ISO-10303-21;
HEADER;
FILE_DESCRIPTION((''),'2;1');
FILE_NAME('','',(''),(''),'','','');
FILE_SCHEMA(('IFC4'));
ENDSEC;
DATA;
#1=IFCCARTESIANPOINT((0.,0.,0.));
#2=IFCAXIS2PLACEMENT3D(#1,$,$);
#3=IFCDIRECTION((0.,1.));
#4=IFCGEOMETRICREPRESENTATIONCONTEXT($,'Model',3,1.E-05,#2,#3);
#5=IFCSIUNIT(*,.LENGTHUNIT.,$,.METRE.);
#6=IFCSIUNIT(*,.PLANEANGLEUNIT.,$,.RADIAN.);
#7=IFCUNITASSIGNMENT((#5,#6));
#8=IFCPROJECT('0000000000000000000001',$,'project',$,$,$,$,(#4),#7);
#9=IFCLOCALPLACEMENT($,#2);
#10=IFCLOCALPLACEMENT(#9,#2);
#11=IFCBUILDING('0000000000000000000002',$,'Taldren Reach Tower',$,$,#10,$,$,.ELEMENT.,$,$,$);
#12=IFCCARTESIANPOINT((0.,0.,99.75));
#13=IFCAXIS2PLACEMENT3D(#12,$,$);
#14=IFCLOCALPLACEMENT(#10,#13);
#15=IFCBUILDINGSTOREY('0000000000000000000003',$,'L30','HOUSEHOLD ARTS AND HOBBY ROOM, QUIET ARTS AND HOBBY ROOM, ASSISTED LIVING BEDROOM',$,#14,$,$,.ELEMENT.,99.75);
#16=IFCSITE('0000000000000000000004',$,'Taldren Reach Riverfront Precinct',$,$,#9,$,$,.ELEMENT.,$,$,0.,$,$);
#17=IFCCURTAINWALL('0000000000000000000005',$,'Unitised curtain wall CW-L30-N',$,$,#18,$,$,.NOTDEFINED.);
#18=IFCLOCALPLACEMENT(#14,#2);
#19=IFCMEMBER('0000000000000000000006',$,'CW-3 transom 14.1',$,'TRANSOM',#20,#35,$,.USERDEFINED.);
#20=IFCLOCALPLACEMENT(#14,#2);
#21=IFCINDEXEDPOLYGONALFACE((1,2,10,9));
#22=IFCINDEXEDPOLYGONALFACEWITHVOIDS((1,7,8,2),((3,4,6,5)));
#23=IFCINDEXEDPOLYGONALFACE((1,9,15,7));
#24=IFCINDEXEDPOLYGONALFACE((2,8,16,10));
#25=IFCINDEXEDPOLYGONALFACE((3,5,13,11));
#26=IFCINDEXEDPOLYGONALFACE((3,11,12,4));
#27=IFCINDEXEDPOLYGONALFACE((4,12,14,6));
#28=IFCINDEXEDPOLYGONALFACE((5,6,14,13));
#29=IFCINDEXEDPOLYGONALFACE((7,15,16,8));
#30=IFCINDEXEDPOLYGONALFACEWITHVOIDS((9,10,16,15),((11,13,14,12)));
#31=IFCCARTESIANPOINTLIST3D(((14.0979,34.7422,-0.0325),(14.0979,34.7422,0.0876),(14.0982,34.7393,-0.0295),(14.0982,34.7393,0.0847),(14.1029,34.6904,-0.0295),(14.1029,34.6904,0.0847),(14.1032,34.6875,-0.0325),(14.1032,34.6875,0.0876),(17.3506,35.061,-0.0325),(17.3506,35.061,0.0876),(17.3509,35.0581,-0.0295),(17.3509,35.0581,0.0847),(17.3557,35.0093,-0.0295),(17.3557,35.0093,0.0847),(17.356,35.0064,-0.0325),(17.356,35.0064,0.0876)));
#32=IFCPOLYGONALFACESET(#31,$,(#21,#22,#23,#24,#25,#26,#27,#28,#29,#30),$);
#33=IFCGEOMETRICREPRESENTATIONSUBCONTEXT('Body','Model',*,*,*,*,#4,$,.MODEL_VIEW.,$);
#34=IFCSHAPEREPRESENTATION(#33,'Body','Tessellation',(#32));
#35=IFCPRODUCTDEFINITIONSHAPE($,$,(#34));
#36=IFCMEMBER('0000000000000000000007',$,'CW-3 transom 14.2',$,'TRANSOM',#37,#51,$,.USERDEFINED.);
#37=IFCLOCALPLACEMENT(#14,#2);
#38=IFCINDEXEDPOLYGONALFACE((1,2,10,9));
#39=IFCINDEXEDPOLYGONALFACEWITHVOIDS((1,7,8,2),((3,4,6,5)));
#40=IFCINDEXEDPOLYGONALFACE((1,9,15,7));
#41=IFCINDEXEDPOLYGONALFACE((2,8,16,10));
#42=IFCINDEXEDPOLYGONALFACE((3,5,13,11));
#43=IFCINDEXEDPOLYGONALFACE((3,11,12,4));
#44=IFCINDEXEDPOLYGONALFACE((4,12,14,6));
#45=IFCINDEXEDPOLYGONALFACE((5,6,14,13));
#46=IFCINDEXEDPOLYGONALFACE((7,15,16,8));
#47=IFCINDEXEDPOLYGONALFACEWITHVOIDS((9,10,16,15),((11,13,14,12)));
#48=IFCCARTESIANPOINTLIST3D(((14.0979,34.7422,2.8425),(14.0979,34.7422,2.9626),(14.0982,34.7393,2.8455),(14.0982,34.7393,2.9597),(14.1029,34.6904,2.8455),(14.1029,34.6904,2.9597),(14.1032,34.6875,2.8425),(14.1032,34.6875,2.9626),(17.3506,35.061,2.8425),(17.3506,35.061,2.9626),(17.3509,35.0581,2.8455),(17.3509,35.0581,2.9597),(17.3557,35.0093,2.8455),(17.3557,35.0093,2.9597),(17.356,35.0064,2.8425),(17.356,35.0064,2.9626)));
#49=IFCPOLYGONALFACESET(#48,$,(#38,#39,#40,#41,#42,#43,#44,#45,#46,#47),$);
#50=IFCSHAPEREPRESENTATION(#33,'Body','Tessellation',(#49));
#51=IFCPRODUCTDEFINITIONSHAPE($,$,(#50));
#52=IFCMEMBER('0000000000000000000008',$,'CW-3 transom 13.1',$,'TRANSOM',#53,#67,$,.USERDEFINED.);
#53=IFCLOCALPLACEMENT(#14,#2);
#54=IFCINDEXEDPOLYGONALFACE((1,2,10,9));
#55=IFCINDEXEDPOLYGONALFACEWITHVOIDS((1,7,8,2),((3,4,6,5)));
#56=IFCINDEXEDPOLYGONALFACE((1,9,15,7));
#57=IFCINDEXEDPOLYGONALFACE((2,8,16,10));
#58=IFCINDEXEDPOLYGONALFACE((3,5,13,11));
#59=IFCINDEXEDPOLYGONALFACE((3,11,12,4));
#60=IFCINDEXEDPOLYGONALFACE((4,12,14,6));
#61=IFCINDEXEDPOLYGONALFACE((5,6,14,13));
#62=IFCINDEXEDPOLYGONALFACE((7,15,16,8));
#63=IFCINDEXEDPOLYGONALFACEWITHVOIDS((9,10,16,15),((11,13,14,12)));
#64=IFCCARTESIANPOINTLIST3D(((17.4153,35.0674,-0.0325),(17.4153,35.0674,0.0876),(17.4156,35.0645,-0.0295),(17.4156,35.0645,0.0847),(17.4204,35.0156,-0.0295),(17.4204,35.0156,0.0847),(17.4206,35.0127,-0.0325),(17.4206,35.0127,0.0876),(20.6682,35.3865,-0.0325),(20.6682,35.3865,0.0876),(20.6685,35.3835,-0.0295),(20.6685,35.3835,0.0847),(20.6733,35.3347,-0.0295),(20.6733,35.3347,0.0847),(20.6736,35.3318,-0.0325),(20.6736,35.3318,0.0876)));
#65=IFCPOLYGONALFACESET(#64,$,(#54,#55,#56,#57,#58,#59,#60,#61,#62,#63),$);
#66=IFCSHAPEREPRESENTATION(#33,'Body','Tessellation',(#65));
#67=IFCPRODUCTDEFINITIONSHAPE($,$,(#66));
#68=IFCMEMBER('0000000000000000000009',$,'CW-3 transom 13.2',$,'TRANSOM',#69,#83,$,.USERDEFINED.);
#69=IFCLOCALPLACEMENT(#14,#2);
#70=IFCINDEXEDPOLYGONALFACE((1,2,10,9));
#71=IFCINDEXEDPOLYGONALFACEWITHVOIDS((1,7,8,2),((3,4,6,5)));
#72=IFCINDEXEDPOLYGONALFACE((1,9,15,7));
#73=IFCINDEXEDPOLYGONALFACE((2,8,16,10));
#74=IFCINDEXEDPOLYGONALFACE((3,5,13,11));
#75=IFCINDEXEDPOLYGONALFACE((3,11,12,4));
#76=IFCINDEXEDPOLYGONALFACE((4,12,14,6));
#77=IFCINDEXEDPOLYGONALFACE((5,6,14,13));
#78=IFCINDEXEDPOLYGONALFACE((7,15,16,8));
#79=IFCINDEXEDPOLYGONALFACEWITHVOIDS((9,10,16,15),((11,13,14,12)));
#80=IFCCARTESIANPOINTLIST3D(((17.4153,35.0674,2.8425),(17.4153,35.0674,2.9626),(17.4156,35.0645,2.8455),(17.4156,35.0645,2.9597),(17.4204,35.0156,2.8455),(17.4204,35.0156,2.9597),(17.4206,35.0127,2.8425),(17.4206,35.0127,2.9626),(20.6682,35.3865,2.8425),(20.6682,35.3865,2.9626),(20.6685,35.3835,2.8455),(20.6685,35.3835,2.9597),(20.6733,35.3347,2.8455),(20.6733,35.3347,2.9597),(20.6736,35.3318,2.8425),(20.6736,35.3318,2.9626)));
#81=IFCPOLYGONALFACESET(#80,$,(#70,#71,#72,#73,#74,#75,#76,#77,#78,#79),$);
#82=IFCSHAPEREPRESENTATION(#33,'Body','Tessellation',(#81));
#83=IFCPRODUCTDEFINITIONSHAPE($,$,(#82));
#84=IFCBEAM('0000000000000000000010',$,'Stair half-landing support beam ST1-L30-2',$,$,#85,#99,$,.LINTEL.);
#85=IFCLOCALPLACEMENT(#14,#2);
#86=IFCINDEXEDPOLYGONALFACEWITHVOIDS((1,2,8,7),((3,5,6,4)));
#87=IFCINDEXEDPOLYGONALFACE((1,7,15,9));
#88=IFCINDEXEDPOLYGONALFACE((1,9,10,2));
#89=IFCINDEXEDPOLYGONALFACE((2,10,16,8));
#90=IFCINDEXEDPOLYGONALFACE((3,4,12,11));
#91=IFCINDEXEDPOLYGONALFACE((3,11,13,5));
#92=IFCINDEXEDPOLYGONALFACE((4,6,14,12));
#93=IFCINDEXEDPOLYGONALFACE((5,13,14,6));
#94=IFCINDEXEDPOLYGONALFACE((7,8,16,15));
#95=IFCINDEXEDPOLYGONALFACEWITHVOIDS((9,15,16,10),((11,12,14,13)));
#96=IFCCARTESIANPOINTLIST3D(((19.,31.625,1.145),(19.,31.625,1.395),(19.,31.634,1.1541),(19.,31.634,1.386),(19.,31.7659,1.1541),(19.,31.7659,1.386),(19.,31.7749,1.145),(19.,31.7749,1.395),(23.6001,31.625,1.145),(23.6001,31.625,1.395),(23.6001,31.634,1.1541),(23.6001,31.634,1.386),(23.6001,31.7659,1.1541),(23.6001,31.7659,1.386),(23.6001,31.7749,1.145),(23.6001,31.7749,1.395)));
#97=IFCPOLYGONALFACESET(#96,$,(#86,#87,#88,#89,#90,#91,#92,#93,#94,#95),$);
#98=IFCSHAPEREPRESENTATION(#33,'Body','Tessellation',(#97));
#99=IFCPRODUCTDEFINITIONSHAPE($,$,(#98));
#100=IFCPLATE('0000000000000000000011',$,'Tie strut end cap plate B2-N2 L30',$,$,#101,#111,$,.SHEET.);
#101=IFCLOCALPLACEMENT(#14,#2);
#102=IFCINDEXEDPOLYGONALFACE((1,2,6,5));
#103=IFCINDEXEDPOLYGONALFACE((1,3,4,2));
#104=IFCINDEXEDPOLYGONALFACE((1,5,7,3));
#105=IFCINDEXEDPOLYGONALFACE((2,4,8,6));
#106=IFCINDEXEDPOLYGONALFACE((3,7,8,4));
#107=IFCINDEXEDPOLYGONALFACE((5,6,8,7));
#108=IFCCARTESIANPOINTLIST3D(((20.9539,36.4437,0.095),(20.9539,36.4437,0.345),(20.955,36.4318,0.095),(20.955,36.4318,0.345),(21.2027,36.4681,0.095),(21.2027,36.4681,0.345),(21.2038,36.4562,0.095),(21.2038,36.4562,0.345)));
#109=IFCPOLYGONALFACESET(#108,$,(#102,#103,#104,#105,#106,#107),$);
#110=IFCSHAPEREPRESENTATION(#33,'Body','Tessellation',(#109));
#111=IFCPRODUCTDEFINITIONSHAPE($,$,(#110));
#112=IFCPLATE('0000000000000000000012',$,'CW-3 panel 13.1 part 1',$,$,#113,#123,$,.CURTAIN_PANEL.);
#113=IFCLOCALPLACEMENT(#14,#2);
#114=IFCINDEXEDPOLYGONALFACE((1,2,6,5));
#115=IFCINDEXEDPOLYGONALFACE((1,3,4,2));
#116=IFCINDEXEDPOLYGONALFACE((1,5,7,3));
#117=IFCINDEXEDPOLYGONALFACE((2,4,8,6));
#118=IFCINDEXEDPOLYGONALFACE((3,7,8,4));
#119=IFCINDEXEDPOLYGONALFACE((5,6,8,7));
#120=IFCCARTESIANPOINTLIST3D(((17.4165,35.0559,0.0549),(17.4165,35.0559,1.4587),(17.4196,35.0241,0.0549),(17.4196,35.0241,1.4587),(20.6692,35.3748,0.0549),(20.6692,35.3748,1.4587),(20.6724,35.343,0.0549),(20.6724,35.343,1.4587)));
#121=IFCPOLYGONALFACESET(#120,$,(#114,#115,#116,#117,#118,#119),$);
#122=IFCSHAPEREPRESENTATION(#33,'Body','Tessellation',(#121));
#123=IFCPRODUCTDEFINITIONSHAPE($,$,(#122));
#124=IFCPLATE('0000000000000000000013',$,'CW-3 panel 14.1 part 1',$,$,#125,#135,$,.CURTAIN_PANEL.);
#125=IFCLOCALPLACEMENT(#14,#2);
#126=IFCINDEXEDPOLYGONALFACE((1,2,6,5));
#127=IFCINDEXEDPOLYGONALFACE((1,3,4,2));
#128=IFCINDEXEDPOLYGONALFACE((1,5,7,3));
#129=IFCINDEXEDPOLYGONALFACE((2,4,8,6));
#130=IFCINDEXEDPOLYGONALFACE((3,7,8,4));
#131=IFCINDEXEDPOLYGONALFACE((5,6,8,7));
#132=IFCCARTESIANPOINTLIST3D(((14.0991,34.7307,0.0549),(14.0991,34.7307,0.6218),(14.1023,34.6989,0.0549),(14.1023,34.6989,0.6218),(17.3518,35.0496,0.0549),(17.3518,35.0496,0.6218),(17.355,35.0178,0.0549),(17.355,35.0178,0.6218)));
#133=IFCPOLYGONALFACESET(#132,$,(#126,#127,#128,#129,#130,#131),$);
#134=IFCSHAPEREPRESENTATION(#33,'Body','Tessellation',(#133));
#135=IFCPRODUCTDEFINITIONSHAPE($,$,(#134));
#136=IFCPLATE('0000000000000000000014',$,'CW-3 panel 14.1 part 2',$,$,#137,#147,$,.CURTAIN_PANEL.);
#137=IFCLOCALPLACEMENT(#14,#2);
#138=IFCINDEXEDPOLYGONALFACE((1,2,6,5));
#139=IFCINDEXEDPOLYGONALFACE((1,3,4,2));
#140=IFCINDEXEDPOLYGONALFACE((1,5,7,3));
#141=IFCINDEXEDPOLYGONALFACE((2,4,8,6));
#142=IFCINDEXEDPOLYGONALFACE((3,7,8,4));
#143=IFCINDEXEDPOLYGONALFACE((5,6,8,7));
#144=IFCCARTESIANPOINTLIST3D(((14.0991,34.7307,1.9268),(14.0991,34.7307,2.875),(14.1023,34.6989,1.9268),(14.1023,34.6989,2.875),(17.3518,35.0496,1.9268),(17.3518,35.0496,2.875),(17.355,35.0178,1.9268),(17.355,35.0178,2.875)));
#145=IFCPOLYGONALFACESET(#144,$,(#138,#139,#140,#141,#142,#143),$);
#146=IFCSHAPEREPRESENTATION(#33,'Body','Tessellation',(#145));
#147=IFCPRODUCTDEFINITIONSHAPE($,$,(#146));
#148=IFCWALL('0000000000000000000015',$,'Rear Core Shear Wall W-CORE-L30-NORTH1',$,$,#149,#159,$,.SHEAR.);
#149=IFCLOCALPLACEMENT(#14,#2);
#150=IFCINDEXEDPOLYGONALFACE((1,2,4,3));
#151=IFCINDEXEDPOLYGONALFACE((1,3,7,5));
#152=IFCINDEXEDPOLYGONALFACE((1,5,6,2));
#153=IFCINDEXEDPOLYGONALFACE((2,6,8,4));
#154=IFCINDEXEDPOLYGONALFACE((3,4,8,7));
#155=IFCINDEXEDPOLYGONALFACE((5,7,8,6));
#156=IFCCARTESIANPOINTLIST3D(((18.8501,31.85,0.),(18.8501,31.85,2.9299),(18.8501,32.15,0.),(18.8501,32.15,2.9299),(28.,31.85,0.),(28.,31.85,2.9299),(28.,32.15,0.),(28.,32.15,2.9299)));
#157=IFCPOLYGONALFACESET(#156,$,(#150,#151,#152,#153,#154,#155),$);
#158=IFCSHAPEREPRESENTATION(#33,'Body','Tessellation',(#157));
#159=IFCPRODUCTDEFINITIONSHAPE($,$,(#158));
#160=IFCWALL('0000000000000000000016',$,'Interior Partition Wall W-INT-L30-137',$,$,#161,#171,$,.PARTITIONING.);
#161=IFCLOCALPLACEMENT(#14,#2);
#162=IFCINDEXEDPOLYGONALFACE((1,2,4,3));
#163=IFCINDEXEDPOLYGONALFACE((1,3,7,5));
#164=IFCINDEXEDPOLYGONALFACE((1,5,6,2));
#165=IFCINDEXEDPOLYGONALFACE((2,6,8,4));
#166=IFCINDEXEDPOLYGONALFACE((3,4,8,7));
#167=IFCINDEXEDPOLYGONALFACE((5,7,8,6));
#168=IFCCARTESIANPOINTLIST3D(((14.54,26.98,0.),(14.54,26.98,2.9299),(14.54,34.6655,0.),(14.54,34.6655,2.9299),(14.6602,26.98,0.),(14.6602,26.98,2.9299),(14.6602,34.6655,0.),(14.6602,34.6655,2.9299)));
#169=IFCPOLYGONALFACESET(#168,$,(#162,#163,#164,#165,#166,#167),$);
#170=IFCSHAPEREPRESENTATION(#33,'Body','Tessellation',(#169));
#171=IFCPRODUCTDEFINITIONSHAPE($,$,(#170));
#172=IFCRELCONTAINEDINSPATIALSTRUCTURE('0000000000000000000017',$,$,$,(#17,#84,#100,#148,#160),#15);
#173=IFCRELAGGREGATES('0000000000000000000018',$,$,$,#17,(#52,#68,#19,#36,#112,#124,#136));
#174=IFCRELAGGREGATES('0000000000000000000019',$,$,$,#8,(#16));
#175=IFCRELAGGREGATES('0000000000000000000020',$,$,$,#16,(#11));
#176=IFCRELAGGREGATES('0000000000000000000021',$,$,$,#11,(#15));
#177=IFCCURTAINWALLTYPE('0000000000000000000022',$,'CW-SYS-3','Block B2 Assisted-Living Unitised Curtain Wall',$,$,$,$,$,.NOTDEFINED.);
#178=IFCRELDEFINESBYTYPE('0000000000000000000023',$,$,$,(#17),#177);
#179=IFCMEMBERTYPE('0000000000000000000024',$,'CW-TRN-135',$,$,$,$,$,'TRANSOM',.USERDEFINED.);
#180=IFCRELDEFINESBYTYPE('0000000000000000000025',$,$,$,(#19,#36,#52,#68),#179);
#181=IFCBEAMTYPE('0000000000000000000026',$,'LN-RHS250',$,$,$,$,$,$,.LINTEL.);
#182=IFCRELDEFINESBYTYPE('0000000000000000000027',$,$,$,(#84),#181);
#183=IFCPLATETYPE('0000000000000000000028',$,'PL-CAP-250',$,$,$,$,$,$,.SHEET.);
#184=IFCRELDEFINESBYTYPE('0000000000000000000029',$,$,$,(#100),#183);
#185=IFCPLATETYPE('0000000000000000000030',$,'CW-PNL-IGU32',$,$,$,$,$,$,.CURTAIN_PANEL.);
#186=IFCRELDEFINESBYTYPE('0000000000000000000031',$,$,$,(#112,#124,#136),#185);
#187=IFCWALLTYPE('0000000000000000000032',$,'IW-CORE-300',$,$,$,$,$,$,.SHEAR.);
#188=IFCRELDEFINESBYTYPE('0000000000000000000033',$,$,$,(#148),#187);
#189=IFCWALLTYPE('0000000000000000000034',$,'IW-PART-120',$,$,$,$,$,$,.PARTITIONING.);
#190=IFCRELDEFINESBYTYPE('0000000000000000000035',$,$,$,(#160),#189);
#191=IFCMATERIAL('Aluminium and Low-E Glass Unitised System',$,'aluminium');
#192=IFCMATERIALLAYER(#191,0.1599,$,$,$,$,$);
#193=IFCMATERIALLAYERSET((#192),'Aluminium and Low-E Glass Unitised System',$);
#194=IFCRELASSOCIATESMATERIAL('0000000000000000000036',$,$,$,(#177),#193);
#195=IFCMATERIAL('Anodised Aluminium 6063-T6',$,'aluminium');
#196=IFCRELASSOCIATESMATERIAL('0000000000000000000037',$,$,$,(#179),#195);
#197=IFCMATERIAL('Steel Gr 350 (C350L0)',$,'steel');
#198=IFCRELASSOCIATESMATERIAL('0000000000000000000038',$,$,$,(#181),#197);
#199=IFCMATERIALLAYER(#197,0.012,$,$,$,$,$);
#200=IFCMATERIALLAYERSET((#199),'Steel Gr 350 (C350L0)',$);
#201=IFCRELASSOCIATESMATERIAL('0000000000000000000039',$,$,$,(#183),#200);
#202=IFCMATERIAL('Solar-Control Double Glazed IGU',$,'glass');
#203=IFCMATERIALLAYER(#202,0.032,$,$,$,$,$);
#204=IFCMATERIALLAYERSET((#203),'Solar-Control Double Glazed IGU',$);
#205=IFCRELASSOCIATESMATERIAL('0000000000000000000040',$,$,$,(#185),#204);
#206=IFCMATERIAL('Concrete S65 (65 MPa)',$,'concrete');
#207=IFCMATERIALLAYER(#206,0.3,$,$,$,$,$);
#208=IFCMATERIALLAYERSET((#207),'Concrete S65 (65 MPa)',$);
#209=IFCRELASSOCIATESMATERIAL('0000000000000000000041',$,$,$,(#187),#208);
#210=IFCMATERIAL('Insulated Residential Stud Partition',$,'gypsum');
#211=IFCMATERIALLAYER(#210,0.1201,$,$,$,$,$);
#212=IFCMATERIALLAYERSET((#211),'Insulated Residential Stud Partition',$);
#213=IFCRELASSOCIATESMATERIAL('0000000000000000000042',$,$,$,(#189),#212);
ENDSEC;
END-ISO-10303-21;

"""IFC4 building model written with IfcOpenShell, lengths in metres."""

from ifc_helpers import new_model, si_unit, direction, frame, frame_2d, origin, origin_2d, place, context, subcontext, project, spatial, rectangle, hollow_rectangle, extrude, source, transform, mapped, material, layer, layer_set, material_profile, profile_set, type_object, element, aggregate, save


model = new_model("IFC4")

# Units and contexts
model_context = context("Model", 3, precision=1e-05, world=origin(), true_north=direction((0.0, 1.0)))
body_context = subcontext(model_context, "Body", "Model", "MODEL_VIEW")
ifc_project = project(units=[si_unit("LENGTHUNIT", "METRE"), si_unit("PLANEANGLEUNIT", "RADIAN")], contexts=[model_context])

# Site, building, storey
site_placement = place(None, origin())
site = spatial("IfcSite", under=ifc_project, at=site_placement, Name="Taldren Reach Riverfront Precinct", CompositionType="ELEMENT", RefElevation=0.0)
building_placement = place(site_placement, origin())
building = spatial("IfcBuilding", under=site, at=building_placement, Name="Taldren Reach Tower", CompositionType="ELEMENT")
storey_placement = place(building_placement, frame((0.0, 0.0, 99.75)))
storey = spatial("IfcBuildingStorey", under=building, at=storey_placement, Name="L30", Description="HOUSEHOLD ARTS AND HOBBY ROOM, QUIET ARTS AND HOBBY ROOM, ASSISTED LIVING BEDROOM", CompositionType="ELEMENT", Elevation=99.75)

# Shared definitions
ifc_material_1 = material(Name="Concrete S65 (65 MPa)", Category="concrete")

# Curtain wall, members
ifc_material_2 = material(Name="Aluminium and Low-E Glass Unitised System", Category="aluminium")
ifc_layer_1 = layer(ifc_material_2, 0.1599)
ifc_layer_set_1 = layer_set([ifc_layer_1], Name="Aluminium and Low-E Glass Unitised System")
curtain_wall_type = type_object("IfcCurtainWallType", Name="CW-SYS-3", Description="Block B2 Assisted-Living Unitised Curtain Wall", PredefinedType="NOTDEFINED", material=ifc_layer_set_1)
curtain_wall_placement = place(storey_placement, origin())
curtain_wall = element("IfcCurtainWall", 1, at=curtain_wall_placement, inside=storey, type_object=curtain_wall_type, Name="Unitised curtain wall CW-L30-N", PredefinedType="NOTDEFINED")
ifc_material_3 = material(Name="Anodised Aluminium 6063-T6", Category="aluminium")
ifc_material_profile_1 = material_profile(ifc_material_3, hollow_rectangle(XDim=0.0549, YDim=0.1201, WallThickness=0.0029, at=origin_2d()), Name="ALU-120x55x3RHS")
ifc_profile_set_1 = profile_set([ifc_material_profile_1], Name="Anodised Aluminium 6063-T6")
member_type_1 = type_object("IfcMemberType", Name="CW-TRN-135", ElementType="TRANSOM", PredefinedType="USERDEFINED", material=ifc_profile_set_1)
shared_shape_1 = source(origin(), body_context, "Body", "SweptSolid", [
    extrude(hollow_rectangle(XDim=0.0549, YDim=0.1201, WallThickness=0.0029, at=origin_2d()), origin(), (0.0, 0.0, 1.0), 3.2683),
])
member_1_placement = place(storey_placement, frame((17.3533, 35.0337, 0.0276), z_axis=(-0.99523, -0.097558, 0.0), x_axis=(0.097558, -0.99523, 0.0)))
member_1 = element("IfcMember", 2, at=member_1_placement, type_object=member_type_1, Name="CW-3 transom 14.1", ObjectType="TRANSOM", PredefinedType="USERDEFINED", context=body_context, shape_type="MappedRepresentation", body=[
    mapped(shared_shape_1, transform((0.0, 0.0, 0.0), scale=1.0)),
])
member_2_placement = place(storey_placement, frame((17.3533, 35.0337, 2.9026), z_axis=(-0.99523, -0.097558, 0.0), x_axis=(0.097558, -0.99523, 0.0)))
member_2 = element("IfcMember", 3, at=member_2_placement, type_object=member_type_1, Name="CW-3 transom 14.2", ObjectType="TRANSOM", PredefinedType="USERDEFINED", context=body_context, shape_type="MappedRepresentation", body=[
    mapped(shared_shape_1, transform((0.0, 0.0, 0.0), scale=1.0)),
])
shared_shape_2 = source(origin(), body_context, "Body", "SweptSolid", [
    extrude(hollow_rectangle(XDim=0.0549, YDim=0.1201, WallThickness=0.0029, at=origin_2d()), origin(), (0.0, 0.0, 1.0), 3.2686),
])
member_3_placement = place(storey_placement, frame((20.6709, 35.3591, 0.0276), z_axis=(-0.995223, -0.097625, 0.0), x_axis=(0.097625, -0.995223, 0.0)))
member_3 = element("IfcMember", 4, at=member_3_placement, type_object=member_type_1, Name="CW-3 transom 13.1", ObjectType="TRANSOM", PredefinedType="USERDEFINED", context=body_context, shape_type="MappedRepresentation", body=[
    mapped(shared_shape_2, transform((0.0, 0.0, 0.0), scale=1.0)),
])
member_4_placement = place(storey_placement, frame((20.6709, 35.3591, 2.9026), z_axis=(-0.995223, -0.097625, 0.0), x_axis=(0.097625, -0.995223, 0.0)))
member_4 = element("IfcMember", 5, at=member_4_placement, type_object=member_type_1, Name="CW-3 transom 13.2", ObjectType="TRANSOM", PredefinedType="USERDEFINED", context=body_context, shape_type="MappedRepresentation", body=[
    mapped(shared_shape_2, transform((0.0, 0.0, 0.0), scale=1.0)),
])

# Beam
ifc_material_4 = material(Name="Steel Gr 350 (C350L0)", Category="steel")
ifc_material_profile_2 = material_profile(ifc_material_4, hollow_rectangle(XDim=0.1499, YDim=0.25, WallThickness=0.009, at=origin_2d()), Name="250x150x9.0RHS")
ifc_profile_set_2 = profile_set([ifc_material_profile_2], Name="Steel Gr 350 (C350L0)")
beam_type_1 = type_object("IfcBeamType", Name="LN-RHS250", PredefinedType="LINTEL", material=ifc_profile_set_2)
shared_shape_3 = source(origin(), body_context, "Body", "SweptSolid", [
    extrude(hollow_rectangle(XDim=0.1499, YDim=0.25, WallThickness=0.009, at=origin_2d()), origin(), (0.0, 0.0, 1.0), 4.6001),
])
beam_1_placement = place(storey_placement, frame((19.0, 31.7, 1.27), z_axis=(1.0, 0.0, 0.0), x_axis=(0.0, 1.0, 0.0)))
element("IfcBeam", 6, at=beam_1_placement, inside=storey, type_object=beam_type_1, Name="Stair half-landing support beam ST1-L30-2", PredefinedType="LINTEL", context=body_context, shape_type="MappedRepresentation", body=[
    mapped(shared_shape_3, transform((0.0, 0.0, 0.0), scale=1.0)),
])

# Plates
ifc_layer_2 = layer(ifc_material_4, 0.012)
ifc_layer_set_2 = layer_set([ifc_layer_2], Name="Steel Gr 350 (C350L0)")
plate_type_1 = type_object("IfcPlateType", Name="PL-CAP-250", PredefinedType="SHEET", material=ifc_layer_set_2)
shared_shape_4 = source(origin(), body_context, "Body", "SweptSolid", [
    extrude(rectangle(XDim=0.25, YDim=0.012, at=origin_2d()), origin(), (0.0, 0.0, 1.0), 0.25),
])
plate_1_placement = place(storey_placement, frame((21.0789, 36.45, 0.095), z_axis=(0.0, 0.0, 1.0), x_axis=(0.995227, 0.097583, 0.0)))
element("IfcPlate", 7, at=plate_1_placement, inside=storey, type_object=plate_type_1, Name="Tie strut end cap plate B2-N2 L30", PredefinedType="SHEET", context=body_context, shape_type="MappedRepresentation", body=[
    mapped(shared_shape_4, transform((0.0, 0.0, 0.0), scale=1.0)),
])
ifc_material_5 = material(Name="Solar-Control Double Glazed IGU", Category="glass")
ifc_layer_3 = layer(ifc_material_5, 0.032)
ifc_layer_set_3 = layer_set([ifc_layer_3], Name="Solar-Control Double Glazed IGU")
plate_type_2 = type_object("IfcPlateType", Name="CW-PNL-IGU32", PredefinedType="CURTAIN_PANEL", material=ifc_layer_set_3)
shared_shape_5 = source(origin(), body_context, "Body", "SweptSolid", [
    extrude(rectangle(XDim=3.2683, YDim=0.032, at=origin_2d()), origin(), (0.0, 0.0, 1.0), 1.4038),
])
plate_2_placement = place(storey_placement, frame((19.0444, 35.1995, 0.0549), z_axis=(0.0, 0.0, 1.0), x_axis=(-0.995227, -0.097583, 0.0)))
plate_2 = element("IfcPlate", 8, at=plate_2_placement, type_object=plate_type_2, Name="CW-3 panel 13.1 part 1", PredefinedType="CURTAIN_PANEL", context=body_context, shape_type="MappedRepresentation", body=[
    mapped(shared_shape_5, transform((0.0, 0.0, 0.0), scale=1.0)),
])
shared_shape_6 = source(origin(), body_context, "Body", "SweptSolid", [
    extrude(rectangle(XDim=3.2683, YDim=0.032, at=origin_2d()), origin(), (0.0, 0.0, 1.0), 0.5669),
])
plate_3_placement = place(storey_placement, frame((15.7271, 34.8743, 0.0549), z_axis=(0.0, 0.0, 1.0), x_axis=(-0.995227, -0.097583, 0.0)))
plate_3 = element("IfcPlate", 9, at=plate_3_placement, type_object=plate_type_2, Name="CW-3 panel 14.1 part 1", PredefinedType="CURTAIN_PANEL", context=body_context, shape_type="MappedRepresentation", body=[
    mapped(shared_shape_6, transform((0.0, 0.0, 0.0), scale=1.0)),
])
shared_shape_7 = source(origin(), body_context, "Body", "SweptSolid", [
    extrude(rectangle(XDim=3.2683, YDim=0.032, at=origin_2d()), origin(), (0.0, 0.0, 1.0), 0.9482),
])
plate_4_placement = place(storey_placement, frame((15.7271, 34.8743, 1.9268), z_axis=(0.0, 0.0, 1.0), x_axis=(-0.995227, -0.097583, 0.0)))
plate_4 = element("IfcPlate", 10, at=plate_4_placement, type_object=plate_type_2, Name="CW-3 panel 14.1 part 2", PredefinedType="CURTAIN_PANEL", context=body_context, shape_type="MappedRepresentation", body=[
    mapped(shared_shape_7, transform((0.0, 0.0, 0.0), scale=1.0)),
])
aggregate(curtain_wall, [member_3, member_4, member_1, member_2, plate_2, plate_3, plate_4])

# Walls
ifc_layer_4 = layer(ifc_material_1, 0.3)
ifc_layer_set_4 = layer_set([ifc_layer_4], Name="Concrete S65 (65 MPa)")
wall_type_1 = type_object("IfcWallType", Name="IW-CORE-300", PredefinedType="SHEAR", material=ifc_layer_set_4)
shared_shape_8 = source(origin(), body_context, "Body", "SweptSolid", [
    extrude(rectangle(XDim=9.1499, YDim=0.3, at=frame_2d((4.575, 0.0))), origin(), (0.0, 0.0, 1.0), 2.9299),
])
wall_1_placement = place(storey_placement, frame((18.8501, 32.0, 0.0), z_axis=(0.0, 0.0, 1.0), x_axis=(1.0, 0.0, 0.0)))
element("IfcWall", 11, at=wall_1_placement, inside=storey, type_object=wall_type_1, Name="Rear Core Shear Wall W-CORE-L30-NORTH1", PredefinedType="SHEAR", context=body_context, shape_type="MappedRepresentation", body=[
    mapped(shared_shape_8, transform((0.0, 0.0, 0.0), scale=1.0)),
])
ifc_material_6 = material(Name="Insulated Residential Stud Partition", Category="gypsum")
ifc_layer_5 = layer(ifc_material_6, 0.1201)
ifc_layer_set_5 = layer_set([ifc_layer_5], Name="Insulated Residential Stud Partition")
wall_type_2 = type_object("IfcWallType", Name="IW-PART-120", PredefinedType="PARTITIONING", material=ifc_layer_set_5)
shared_shape_9 = source(origin(), body_context, "Body", "SweptSolid", [
    extrude(rectangle(XDim=7.6855, YDim=0.1201, at=frame_2d((3.8428, 0.0))), origin(), (0.0, 0.0, 1.0), 2.9299),
])
wall_2_placement = place(storey_placement, frame((14.6001, 34.6655, 0.0), z_axis=(0.0, 0.0, 1.0), x_axis=(0.0, -1.0, 0.0)))
element("IfcWall", 12, at=wall_2_placement, inside=storey, type_object=wall_type_2, Name="Interior Partition Wall W-INT-L30-137", PredefinedType="PARTITIONING", context=body_context, shape_type="MappedRepresentation", body=[
    mapped(shared_shape_9, transform((0.0, 0.0, 0.0), scale=1.0)),
])

save(model, "model.ifc")
